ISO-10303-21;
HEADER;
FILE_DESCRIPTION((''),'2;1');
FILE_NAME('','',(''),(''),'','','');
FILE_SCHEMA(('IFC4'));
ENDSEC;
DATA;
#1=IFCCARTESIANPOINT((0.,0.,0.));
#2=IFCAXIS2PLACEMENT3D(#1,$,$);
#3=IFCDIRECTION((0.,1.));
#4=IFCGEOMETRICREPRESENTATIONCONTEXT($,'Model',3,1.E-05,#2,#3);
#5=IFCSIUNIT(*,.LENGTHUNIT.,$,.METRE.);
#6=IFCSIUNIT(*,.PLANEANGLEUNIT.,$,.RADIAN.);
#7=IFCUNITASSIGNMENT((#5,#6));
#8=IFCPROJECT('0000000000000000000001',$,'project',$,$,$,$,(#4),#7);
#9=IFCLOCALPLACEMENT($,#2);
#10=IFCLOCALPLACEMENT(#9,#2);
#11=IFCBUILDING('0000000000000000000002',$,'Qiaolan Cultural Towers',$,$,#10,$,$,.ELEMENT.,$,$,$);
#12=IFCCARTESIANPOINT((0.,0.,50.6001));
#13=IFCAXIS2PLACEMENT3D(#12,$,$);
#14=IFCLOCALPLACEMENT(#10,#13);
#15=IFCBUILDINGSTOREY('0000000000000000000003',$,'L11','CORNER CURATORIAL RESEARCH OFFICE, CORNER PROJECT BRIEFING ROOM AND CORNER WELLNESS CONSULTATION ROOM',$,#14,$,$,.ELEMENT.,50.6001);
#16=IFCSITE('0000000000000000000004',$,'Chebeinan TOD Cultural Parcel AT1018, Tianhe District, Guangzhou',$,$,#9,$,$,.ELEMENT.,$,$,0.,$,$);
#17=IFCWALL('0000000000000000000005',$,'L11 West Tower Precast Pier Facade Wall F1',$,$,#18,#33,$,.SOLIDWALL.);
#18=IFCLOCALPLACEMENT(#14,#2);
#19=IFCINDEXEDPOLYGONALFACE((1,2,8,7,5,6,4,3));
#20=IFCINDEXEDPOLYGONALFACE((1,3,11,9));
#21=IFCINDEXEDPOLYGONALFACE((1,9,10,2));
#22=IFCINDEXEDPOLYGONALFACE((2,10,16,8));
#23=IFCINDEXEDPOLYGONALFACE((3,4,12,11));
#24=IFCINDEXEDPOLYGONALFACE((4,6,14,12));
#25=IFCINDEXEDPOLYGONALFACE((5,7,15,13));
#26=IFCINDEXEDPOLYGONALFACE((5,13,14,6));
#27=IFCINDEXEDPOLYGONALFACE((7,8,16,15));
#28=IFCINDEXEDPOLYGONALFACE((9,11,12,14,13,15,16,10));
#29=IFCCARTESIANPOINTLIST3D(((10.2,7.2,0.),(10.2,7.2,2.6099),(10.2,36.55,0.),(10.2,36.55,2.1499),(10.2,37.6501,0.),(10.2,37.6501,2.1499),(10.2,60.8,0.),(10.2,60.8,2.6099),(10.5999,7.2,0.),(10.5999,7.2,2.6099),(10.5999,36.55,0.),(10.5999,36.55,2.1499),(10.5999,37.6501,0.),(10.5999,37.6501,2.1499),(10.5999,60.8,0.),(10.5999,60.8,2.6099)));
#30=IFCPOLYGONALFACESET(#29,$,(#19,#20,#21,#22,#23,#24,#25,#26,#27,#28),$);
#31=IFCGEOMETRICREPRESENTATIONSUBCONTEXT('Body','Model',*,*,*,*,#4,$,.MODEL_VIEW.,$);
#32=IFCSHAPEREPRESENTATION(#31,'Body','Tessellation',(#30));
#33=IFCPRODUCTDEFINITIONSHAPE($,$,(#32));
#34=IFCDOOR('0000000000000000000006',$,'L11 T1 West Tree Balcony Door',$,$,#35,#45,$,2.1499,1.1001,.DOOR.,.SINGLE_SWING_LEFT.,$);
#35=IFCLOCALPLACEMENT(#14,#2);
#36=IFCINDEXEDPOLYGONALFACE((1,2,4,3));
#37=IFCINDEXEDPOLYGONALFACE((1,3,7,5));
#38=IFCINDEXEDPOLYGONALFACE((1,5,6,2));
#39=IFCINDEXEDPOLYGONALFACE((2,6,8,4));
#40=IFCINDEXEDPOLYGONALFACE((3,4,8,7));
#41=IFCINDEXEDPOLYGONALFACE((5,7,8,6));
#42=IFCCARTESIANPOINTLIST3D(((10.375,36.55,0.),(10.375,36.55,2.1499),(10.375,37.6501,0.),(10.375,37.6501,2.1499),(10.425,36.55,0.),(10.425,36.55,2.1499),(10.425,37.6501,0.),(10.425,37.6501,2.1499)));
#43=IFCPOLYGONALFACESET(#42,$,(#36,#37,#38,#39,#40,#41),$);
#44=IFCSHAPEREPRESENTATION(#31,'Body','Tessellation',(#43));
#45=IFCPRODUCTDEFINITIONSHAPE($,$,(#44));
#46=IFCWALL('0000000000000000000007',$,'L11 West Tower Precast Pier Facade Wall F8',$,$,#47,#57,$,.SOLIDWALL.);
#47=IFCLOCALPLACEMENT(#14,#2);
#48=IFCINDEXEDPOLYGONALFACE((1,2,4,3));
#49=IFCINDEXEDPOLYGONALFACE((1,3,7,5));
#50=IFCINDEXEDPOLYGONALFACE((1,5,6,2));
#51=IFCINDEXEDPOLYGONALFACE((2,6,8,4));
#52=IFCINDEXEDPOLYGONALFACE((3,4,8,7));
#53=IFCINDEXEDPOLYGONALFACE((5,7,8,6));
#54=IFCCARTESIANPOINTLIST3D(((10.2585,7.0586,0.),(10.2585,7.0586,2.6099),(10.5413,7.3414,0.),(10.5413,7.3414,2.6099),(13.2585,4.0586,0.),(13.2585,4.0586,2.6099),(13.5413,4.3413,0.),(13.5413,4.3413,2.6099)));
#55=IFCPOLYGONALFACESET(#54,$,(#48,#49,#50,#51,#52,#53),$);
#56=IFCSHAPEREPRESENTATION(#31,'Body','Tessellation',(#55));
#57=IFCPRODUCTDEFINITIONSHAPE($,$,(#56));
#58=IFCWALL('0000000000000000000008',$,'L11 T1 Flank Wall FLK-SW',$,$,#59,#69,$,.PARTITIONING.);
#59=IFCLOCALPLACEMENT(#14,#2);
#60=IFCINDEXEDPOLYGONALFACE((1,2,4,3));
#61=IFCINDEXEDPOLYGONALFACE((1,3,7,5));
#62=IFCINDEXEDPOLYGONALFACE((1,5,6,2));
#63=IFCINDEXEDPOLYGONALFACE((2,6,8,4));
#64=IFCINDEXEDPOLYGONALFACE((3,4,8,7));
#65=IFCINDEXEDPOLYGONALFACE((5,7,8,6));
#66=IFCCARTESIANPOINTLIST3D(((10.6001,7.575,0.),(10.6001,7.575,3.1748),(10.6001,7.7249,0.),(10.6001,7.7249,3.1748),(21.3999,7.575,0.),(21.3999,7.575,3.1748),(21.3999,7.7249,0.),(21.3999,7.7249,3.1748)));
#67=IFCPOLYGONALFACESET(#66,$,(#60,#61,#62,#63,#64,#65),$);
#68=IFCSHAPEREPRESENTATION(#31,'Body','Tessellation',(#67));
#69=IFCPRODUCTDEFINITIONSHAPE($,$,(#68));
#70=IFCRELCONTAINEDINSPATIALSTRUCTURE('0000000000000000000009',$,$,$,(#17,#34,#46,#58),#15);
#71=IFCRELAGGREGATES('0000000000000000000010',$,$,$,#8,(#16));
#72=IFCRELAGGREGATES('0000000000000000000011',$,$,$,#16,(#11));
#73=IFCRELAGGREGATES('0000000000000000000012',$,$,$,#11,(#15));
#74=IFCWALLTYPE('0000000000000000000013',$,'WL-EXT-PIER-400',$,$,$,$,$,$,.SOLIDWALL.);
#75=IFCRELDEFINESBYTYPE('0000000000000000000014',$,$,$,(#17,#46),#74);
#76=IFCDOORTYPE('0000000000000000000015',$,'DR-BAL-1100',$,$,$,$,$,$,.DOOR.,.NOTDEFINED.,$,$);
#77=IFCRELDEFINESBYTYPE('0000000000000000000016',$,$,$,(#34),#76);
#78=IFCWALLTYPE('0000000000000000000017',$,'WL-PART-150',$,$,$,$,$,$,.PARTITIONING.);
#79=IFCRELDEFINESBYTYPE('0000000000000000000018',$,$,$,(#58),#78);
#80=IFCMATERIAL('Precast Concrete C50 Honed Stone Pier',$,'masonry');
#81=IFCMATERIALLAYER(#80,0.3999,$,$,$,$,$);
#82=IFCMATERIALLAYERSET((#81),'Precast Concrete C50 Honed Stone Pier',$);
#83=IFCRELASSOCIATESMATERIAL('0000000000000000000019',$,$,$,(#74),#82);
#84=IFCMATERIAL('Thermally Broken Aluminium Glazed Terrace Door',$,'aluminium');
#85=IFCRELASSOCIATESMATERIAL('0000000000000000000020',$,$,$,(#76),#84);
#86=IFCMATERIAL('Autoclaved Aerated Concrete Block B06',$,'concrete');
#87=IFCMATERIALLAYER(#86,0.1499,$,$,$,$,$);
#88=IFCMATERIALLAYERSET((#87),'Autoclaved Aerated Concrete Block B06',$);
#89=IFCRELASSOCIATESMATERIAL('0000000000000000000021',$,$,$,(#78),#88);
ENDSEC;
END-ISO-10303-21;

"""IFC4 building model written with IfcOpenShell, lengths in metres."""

from ifc_helpers import new_model, si_unit, direction, frame, frame_2d, origin, place, context, subcontext, project, spatial, rectangle, extrude, material, layer, layer_set, type_object, element, fill, save


model = new_model("IFC4")

# Units and contexts
model_context = context("Model", 3, precision=1e-05, world=origin(), true_north=direction((0.0, 1.0)))
body_context = subcontext(model_context, "Body", "Model", "MODEL_VIEW")
ifc_project = project(units=[si_unit("LENGTHUNIT", "METRE"), si_unit("PLANEANGLEUNIT", "RADIAN")], contexts=[model_context])

# Site, building, storey
site_placement = place(None, origin())
site = spatial("IfcSite", under=ifc_project, at=site_placement, Name="Chebeinan TOD Cultural Parcel AT1018, Tianhe District, Guangzhou", CompositionType="ELEMENT", RefElevation=0.0)
building_placement = place(site_placement, origin())
building = spatial("IfcBuilding", under=site, at=building_placement, Name="Qiaolan Cultural Towers", CompositionType="ELEMENT")
storey_placement = place(building_placement, frame((0.0, 0.0, 50.6001)))
storey = spatial("IfcBuildingStorey", under=building, at=storey_placement, Name="L11", Description="CORNER CURATORIAL RESEARCH OFFICE, CORNER PROJECT BRIEFING ROOM AND CORNER WELLNESS CONSULTATION ROOM", CompositionType="ELEMENT", Elevation=50.6001)

# Wall, opening, door
ifc_material_1 = material(Name="Precast Concrete C50 Honed Stone Pier", Category="masonry")
ifc_layer_1 = layer(ifc_material_1, 0.3999)
ifc_layer_set_1 = layer_set([ifc_layer_1], Name="Precast Concrete C50 Honed Stone Pier")
wall_type_1 = type_object("IfcWallType", Name="WL-EXT-PIER-400", PredefinedType="SOLIDWALL", material=ifc_layer_set_1)
wall_1_placement = place(storey_placement, frame((10.3999, 7.2, 0.0), z_axis=(0.0, 0.0, 1.0), x_axis=(0.0, 1.0, 0.0)))
wall_1 = element("IfcWall", 1, at=wall_1_placement, inside=storey, type_object=wall_type_1, Name="L11 West Tower Precast Pier Facade Wall F1", PredefinedType="SOLIDWALL", context=body_context, shape_type="SweptSolid", body=[
    extrude(rectangle(XDim=53.6001, YDim=0.3999, at=frame_2d((26.8, 0.0))), origin(), (0.0, 0.0, 1.0), 2.6099),
])
opening_placement = place(wall_1_placement, frame((29.3501, 0.0, 0.0)))
opening = element("IfcOpeningElement", 2, at=opening_placement, cuts=wall_1, PredefinedType="OPENING", context=body_context, shape_type="SweptSolid", body=[
    extrude(rectangle(XDim=1.1001, YDim=2.1499, at=frame_2d((0.55, 1.075))), frame((0.0, 0.21, 0.0), z_axis=(0.0, -1.0, 0.0), x_axis=(1.0, 0.0, 0.0)), (0.0, 0.0, 1.0), 0.4199),
])
ifc_material_2 = material(Name="Thermally Broken Aluminium Glazed Terrace Door", Category="aluminium")
door_type = type_object("IfcDoorType", Name="DR-BAL-1100", OperationType="NOTDEFINED", PredefinedType="DOOR", material=ifc_material_2)
door_placement = place(opening_placement, origin())
door = element("IfcDoor", 3, at=door_placement, inside=storey, type_object=door_type, Name="L11 T1 West Tree Balcony Door", OperationType="SINGLE_SWING_LEFT", OverallHeight=2.1499, OverallWidth=1.1001, PredefinedType="DOOR", context=body_context, shape_type="SweptSolid", body=[
    extrude(rectangle(XDim=1.1001, YDim=2.1499, at=frame_2d((0.55, 1.075))), frame((0.0, 0.0249, 0.0), z_axis=(0.0, -1.0, 0.0), x_axis=(1.0, 0.0, 0.0)), (0.0, 0.0, 1.0), 0.05),
])
fill(opening, door)

# Walls
wall_2_placement = place(storey_placement, frame((13.3999, 4.2, 0.0), z_axis=(0.0, 0.0, 1.0), x_axis=(-0.707107, 0.707107, 0.0)))
element("IfcWall", 4, at=wall_2_placement, inside=storey, type_object=wall_type_1, Name="L11 West Tower Precast Pier Facade Wall F8", PredefinedType="SOLIDWALL", context=body_context, shape_type="SweptSolid", body=[
    extrude(rectangle(XDim=4.2427, YDim=0.3999, at=frame_2d((2.1213, 0.0))), origin(), (0.0, 0.0, 1.0), 2.6099),
])
ifc_material_3 = material(Name="Autoclaved Aerated Concrete Block B06", Category="concrete")
ifc_layer_2 = layer(ifc_material_3, 0.1499)
ifc_layer_set_2 = layer_set([ifc_layer_2], Name="Autoclaved Aerated Concrete Block B06")
wall_type_2 = type_object("IfcWallType", Name="WL-PART-150", PredefinedType="PARTITIONING", material=ifc_layer_set_2)
wall_3_placement = place(storey_placement, frame((10.6001, 7.6499, 0.0), z_axis=(0.0, 0.0, 1.0), x_axis=(1.0, 0.0, 0.0)))
element("IfcWall", 5, at=wall_3_placement, inside=storey, type_object=wall_type_2, Name="L11 T1 Flank Wall FLK-SW", PredefinedType="PARTITIONING", context=body_context, shape_type="SweptSolid", body=[
    extrude(rectangle(XDim=10.7998, YDim=0.1499, at=frame_2d((5.3999, 0.0))), origin(), (0.0, 0.0, 1.0), 3.1748),
])

save(model, "model.ifc")
